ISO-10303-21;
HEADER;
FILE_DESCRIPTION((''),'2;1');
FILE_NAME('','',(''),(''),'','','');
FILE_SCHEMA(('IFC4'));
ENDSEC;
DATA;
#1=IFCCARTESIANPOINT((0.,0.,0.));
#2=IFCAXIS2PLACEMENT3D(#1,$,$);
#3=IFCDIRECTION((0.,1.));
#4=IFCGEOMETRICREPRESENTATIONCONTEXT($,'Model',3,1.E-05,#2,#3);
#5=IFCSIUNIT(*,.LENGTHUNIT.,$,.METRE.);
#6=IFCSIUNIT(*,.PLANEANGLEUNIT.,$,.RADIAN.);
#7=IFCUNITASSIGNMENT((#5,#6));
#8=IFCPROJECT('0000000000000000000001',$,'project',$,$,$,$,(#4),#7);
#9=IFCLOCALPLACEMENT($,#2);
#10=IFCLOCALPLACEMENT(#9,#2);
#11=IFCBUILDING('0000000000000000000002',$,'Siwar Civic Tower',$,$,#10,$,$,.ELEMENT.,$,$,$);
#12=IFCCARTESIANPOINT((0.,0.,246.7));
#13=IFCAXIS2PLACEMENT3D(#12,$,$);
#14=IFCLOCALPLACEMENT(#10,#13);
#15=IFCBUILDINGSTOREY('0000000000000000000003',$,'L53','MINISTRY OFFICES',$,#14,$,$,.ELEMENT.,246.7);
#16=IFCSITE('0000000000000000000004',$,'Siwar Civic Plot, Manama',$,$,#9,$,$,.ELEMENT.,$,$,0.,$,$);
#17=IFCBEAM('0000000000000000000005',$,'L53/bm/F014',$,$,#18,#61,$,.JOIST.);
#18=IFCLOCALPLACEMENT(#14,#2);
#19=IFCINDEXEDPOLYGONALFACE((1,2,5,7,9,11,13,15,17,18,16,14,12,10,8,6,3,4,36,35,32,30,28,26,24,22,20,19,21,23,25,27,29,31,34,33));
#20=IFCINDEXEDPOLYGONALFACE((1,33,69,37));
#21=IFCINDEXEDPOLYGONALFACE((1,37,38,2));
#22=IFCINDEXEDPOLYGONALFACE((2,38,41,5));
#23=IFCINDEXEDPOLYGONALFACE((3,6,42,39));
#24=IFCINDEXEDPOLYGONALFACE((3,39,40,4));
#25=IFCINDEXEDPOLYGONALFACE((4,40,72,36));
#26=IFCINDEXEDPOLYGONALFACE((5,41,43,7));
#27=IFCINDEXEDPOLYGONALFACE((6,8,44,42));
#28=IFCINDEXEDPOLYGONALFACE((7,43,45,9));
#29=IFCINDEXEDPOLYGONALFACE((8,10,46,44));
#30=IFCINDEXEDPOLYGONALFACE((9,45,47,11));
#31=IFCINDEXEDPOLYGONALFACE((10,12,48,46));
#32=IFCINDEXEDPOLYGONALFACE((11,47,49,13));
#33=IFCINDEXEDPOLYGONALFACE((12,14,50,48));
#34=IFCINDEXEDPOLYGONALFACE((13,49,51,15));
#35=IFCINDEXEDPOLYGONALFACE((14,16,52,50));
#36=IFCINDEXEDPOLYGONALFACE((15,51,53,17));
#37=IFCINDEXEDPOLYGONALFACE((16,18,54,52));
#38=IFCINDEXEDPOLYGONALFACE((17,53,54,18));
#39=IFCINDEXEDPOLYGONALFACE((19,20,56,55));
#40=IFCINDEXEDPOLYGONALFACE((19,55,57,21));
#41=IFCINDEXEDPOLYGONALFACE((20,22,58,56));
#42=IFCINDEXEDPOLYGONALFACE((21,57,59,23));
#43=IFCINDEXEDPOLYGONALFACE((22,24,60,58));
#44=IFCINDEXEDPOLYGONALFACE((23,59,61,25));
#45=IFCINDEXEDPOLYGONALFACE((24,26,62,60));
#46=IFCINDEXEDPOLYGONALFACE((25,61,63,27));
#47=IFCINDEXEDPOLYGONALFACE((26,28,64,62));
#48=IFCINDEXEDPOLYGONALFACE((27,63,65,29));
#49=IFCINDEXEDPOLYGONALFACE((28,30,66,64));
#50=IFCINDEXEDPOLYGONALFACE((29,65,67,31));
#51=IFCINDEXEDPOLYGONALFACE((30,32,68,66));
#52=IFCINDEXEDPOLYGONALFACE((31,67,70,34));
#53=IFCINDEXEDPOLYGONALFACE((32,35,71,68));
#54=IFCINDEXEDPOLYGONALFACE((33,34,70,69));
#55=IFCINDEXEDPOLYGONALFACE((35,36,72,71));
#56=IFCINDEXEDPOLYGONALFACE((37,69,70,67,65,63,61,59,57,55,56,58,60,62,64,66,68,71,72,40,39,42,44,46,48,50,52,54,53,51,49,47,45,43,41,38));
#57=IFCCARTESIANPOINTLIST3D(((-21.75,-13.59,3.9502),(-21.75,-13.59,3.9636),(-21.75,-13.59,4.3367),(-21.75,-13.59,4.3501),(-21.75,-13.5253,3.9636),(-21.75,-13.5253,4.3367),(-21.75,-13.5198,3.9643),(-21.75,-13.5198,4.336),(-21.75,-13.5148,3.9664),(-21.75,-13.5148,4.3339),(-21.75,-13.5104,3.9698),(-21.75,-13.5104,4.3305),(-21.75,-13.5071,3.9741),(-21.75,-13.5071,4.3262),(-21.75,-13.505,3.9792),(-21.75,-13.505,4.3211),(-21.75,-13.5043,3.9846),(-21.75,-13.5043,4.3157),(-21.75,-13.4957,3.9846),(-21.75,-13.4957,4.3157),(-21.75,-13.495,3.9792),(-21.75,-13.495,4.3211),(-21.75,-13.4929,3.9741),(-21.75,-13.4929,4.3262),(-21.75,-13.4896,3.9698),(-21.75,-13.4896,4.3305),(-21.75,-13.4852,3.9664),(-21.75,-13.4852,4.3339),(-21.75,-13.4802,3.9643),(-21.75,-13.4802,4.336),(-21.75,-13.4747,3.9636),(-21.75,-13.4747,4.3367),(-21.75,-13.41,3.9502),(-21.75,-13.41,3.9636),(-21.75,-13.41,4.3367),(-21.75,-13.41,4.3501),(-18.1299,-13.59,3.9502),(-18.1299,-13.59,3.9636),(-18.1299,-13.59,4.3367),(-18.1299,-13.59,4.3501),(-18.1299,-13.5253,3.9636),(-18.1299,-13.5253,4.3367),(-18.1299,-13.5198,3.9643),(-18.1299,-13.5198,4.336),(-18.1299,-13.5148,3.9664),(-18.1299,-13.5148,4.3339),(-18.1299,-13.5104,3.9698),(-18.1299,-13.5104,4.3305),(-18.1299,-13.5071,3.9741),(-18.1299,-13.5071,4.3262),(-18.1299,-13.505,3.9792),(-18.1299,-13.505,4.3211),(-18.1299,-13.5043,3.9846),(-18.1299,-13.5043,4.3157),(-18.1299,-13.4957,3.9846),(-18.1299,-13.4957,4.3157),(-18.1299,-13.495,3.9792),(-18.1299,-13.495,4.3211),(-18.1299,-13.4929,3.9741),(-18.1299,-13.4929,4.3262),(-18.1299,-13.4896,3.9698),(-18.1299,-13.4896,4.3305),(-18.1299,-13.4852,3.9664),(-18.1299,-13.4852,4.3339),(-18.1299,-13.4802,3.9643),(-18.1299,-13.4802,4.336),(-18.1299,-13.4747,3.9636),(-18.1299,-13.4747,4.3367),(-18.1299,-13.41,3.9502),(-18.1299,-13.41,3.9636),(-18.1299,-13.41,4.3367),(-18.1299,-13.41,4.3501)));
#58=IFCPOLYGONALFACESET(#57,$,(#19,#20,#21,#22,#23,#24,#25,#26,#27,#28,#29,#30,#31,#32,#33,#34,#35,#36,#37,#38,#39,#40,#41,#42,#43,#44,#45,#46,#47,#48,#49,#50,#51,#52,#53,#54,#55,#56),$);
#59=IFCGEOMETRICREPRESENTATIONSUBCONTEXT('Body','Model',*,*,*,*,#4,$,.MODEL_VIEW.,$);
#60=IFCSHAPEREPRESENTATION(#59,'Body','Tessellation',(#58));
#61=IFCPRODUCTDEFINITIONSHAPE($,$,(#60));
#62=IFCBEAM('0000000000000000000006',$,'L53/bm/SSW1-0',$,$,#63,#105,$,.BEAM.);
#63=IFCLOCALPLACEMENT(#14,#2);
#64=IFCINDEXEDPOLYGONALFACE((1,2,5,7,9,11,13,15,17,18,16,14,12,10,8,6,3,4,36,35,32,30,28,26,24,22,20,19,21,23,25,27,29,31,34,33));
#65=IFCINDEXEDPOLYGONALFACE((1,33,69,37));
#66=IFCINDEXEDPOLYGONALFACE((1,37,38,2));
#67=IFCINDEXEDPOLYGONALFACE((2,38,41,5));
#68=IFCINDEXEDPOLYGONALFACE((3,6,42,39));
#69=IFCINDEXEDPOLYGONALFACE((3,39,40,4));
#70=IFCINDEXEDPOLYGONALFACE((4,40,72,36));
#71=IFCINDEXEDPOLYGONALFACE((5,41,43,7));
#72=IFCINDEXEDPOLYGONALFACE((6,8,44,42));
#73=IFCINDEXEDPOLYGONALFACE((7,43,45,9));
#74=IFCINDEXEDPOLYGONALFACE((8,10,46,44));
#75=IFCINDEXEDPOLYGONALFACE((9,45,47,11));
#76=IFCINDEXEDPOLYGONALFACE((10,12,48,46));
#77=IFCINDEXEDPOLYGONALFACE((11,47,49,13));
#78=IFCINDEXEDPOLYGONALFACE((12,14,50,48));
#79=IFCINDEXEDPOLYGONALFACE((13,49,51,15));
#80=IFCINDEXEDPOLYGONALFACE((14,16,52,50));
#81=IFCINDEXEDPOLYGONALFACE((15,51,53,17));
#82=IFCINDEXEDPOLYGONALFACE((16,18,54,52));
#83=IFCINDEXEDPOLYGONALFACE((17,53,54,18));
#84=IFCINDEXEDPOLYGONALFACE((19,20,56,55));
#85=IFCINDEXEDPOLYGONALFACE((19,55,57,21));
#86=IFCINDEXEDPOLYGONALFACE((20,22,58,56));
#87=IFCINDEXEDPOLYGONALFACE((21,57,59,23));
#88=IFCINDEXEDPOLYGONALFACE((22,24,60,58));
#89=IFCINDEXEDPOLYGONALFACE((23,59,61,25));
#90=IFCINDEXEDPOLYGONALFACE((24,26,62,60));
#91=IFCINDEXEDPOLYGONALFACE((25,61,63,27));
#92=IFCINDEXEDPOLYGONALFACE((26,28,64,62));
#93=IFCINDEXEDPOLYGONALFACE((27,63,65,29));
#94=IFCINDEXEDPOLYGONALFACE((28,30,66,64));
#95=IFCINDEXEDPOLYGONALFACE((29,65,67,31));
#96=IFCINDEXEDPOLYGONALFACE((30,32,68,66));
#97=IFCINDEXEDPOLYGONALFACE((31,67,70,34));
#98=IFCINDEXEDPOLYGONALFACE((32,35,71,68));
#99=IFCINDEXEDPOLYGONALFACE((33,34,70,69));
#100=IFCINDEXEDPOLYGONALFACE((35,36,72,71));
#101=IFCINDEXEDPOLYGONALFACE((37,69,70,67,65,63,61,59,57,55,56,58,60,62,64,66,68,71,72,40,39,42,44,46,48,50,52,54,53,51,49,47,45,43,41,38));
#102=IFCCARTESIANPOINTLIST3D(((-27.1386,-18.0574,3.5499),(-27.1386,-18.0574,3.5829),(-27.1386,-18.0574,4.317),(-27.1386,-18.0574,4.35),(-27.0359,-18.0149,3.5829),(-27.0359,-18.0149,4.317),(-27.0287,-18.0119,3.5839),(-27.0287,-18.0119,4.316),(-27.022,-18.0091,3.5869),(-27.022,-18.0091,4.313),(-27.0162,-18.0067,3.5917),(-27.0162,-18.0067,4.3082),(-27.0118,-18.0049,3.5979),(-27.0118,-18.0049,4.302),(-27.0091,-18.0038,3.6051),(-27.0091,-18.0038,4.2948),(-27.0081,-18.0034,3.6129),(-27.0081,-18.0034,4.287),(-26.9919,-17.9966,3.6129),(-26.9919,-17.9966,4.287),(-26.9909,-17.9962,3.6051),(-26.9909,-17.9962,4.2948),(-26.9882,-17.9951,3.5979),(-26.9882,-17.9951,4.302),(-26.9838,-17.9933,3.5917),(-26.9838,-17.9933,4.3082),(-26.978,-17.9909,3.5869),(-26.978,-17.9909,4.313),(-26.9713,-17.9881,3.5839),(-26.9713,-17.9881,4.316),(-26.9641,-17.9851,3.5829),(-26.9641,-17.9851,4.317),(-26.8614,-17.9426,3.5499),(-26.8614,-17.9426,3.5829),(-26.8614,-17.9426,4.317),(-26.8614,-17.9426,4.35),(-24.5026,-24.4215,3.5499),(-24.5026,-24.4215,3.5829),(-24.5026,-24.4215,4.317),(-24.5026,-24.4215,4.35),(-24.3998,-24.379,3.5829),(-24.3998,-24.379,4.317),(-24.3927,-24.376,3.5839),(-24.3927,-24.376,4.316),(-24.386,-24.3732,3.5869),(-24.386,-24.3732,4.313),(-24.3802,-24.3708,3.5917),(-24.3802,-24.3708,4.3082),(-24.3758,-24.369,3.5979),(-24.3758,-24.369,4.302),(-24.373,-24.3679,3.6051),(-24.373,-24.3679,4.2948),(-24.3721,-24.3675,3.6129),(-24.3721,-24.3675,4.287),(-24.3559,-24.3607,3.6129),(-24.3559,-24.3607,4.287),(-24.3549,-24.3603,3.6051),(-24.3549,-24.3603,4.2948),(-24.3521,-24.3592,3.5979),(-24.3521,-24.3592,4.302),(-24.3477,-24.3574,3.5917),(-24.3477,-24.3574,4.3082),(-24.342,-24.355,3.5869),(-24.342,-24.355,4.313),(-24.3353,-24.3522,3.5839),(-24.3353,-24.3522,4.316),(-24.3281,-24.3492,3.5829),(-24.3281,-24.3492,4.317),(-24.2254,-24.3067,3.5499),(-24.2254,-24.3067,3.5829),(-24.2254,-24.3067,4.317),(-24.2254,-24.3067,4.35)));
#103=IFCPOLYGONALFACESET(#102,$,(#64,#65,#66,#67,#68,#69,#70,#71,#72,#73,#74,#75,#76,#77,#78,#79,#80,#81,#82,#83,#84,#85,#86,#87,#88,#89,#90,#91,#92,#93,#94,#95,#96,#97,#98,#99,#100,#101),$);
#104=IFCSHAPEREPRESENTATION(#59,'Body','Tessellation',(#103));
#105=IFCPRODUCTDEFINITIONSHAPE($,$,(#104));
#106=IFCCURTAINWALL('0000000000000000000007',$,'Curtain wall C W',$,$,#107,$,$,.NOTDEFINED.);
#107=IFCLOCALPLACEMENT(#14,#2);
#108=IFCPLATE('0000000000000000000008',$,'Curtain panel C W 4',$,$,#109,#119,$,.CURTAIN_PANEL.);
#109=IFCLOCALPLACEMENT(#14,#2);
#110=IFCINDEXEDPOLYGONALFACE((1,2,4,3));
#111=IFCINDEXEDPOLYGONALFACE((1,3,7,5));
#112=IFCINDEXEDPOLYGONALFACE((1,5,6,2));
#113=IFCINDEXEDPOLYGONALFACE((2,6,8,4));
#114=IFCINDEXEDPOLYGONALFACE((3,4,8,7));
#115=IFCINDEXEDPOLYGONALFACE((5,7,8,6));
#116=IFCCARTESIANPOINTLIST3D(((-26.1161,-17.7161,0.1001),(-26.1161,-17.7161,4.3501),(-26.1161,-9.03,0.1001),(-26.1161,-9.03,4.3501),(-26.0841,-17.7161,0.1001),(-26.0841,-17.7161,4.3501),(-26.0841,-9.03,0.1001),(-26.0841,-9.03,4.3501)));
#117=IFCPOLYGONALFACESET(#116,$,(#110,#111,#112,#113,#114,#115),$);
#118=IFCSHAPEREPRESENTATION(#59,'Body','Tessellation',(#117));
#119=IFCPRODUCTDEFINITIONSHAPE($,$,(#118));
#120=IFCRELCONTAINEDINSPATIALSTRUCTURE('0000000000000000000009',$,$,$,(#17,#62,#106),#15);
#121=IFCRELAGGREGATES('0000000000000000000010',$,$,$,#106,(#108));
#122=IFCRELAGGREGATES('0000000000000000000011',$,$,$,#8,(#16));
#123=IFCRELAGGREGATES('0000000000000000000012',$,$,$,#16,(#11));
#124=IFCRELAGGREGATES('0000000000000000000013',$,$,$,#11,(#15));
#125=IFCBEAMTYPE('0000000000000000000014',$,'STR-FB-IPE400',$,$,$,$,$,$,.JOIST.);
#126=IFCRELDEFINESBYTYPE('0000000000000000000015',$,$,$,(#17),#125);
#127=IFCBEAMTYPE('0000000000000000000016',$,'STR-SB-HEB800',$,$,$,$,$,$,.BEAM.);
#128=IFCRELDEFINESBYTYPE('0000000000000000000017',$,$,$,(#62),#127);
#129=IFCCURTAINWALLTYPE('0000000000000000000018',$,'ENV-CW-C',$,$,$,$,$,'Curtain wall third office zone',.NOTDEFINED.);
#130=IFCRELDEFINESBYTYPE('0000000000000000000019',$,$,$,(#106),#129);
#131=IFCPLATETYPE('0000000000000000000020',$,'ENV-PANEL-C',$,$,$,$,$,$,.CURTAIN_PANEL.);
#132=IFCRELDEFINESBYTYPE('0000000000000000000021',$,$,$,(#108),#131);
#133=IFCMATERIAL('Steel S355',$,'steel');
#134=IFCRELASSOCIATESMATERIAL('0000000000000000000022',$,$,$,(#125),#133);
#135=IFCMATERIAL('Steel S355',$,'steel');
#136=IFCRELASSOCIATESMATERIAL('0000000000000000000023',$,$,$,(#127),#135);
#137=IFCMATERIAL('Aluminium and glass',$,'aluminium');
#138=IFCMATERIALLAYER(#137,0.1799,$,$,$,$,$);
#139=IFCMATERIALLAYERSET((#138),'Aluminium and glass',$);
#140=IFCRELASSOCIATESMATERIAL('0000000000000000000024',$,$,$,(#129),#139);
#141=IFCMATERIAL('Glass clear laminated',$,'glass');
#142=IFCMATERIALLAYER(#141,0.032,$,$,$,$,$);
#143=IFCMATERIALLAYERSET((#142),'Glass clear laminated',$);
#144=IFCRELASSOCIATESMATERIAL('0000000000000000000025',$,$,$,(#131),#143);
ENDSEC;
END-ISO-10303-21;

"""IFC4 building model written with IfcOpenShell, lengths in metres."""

from ifc_helpers import new_model, si_unit, direction, frame, origin, origin_2d, place, context, subcontext, project, spatial, rectangle, i_section, extrude, material, layer, layer_set, material_profile, profile_set, type_object, element, aggregate, save


model = new_model("IFC4")

# Units and contexts
model_context = context("Model", 3, precision=1e-05, world=origin(), true_north=direction((0.0, 1.0)))
body_context = subcontext(model_context, "Body", "Model", "MODEL_VIEW")
ifc_project = project(units=[si_unit("LENGTHUNIT", "METRE"), si_unit("PLANEANGLEUNIT", "RADIAN")], contexts=[model_context])

# Site, building, storey
site_placement = place(None, origin())
site = spatial("IfcSite", under=ifc_project, at=site_placement, Name="Siwar Civic Plot, Manama", CompositionType="ELEMENT", RefElevation=0.0)
building_placement = place(site_placement, origin())
building = spatial("IfcBuilding", under=site, at=building_placement, Name="Siwar Civic Tower", CompositionType="ELEMENT")
storey_placement = place(building_placement, frame((0.0, 0.0, 246.7)))
storey = spatial("IfcBuildingStorey", under=building, at=storey_placement, Name="L53", Description="MINISTRY OFFICES", CompositionType="ELEMENT", Elevation=246.7)

# Beams
ifc_material_1 = material(Name="Steel S355", Category="steel")
ifc_material_profile_1 = material_profile(ifc_material_1, i_section(OverallWidth=0.1799, OverallDepth=0.3999, WebThickness=0.0085, FlangeThickness=0.0134, FilletRadius=0.021, at=origin_2d()), Name="IPE400")
ifc_profile_set_1 = profile_set([ifc_material_profile_1], Name="Steel S355")
beam_type_1 = type_object("IfcBeamType", Name="STR-FB-IPE400", PredefinedType="JOIST", material=ifc_profile_set_1)
beam_1_placement = place(storey_placement, frame((-21.75, -13.5, 4.1501), z_axis=(1.0, 0.0, 0.0), x_axis=(0.0, 1.0, 0.0)))
element("IfcBeam", 1, at=beam_1_placement, inside=storey, type_object=beam_type_1, Name="L53/bm/F014", PredefinedType="JOIST", context=body_context, shape_type="SweptSolid", body=[
    extrude(i_section(OverallWidth=0.1799, OverallDepth=0.3999, WebThickness=0.0085, FlangeThickness=0.0134, FilletRadius=0.021, at=origin_2d()), origin(), (0.0, 0.0, 1.0), 3.6201),
])
ifc_material_2 = material(Name="Steel S355", Category="steel")
ifc_material_profile_2 = material_profile(ifc_material_2, i_section(OverallWidth=0.3, OverallDepth=0.8, WebThickness=0.0176, FlangeThickness=0.033, FilletRadius=0.03, at=origin_2d()), Name="HEB800")
ifc_profile_set_2 = profile_set([ifc_material_profile_2], Name="Steel S355")
beam_type_2 = type_object("IfcBeamType", Name="STR-SB-HEB800", PredefinedType="BEAM", material=ifc_profile_set_2)
beam_2_placement = place(storey_placement, frame((-27.0, -18.0, 3.95), z_axis=(0.382674, -0.923883, 0.0), x_axis=(0.923883, 0.382674, 0.0)))
element("IfcBeam", 2, at=beam_2_placement, inside=storey, type_object=beam_type_2, Name="L53/bm/SSW1-0", PredefinedType="BEAM", context=body_context, shape_type="SweptSolid", body=[
    extrude(i_section(OverallWidth=0.3, OverallDepth=0.8, WebThickness=0.0176, FlangeThickness=0.033, FilletRadius=0.03, at=origin_2d()), origin(), (0.0, 0.0, 1.0), 6.8884),
])

# Curtain wall, plate
ifc_material_3 = material(Name="Aluminium and glass", Category="aluminium")
ifc_layer_1 = layer(ifc_material_3, 0.1799)
ifc_layer_set_1 = layer_set([ifc_layer_1], Name="Aluminium and glass")
curtain_wall_type_1 = type_object("IfcCurtainWallType", Name="ENV-CW-C", ElementType="Curtain wall third office zone", PredefinedType="NOTDEFINED", material=ifc_layer_set_1)
curtain_wall_1_placement = place(storey_placement, origin())
curtain_wall_1 = element("IfcCurtainWall", 3, at=curtain_wall_1_placement, inside=storey, type_object=curtain_wall_type_1, Name="Curtain wall C W", PredefinedType="NOTDEFINED")
ifc_material_4 = material(Name="Glass clear laminated", Category="glass")
ifc_layer_2 = layer(ifc_material_4, 0.032)
ifc_layer_set_2 = layer_set([ifc_layer_2], Name="Glass clear laminated")
plate_type = type_object("IfcPlateType", Name="ENV-PANEL-C", PredefinedType="CURTAIN_PANEL", material=ifc_layer_set_2)
plate_placement = place(storey_placement, frame((-26.1001, -13.373, 0.1001), z_axis=(0.0, 0.0, 1.0), x_axis=(0.0, -1.0, 0.0)))
plate = element("IfcPlate", 4, at=plate_placement, type_object=plate_type, Name="Curtain panel C W 4", PredefinedType="CURTAIN_PANEL", context=body_context, shape_type="SweptSolid", body=[
    extrude(rectangle(XDim=8.686, YDim=0.032, at=origin_2d()), origin(), (0.0, 0.0, 1.0), 4.25),
])
aggregate(curtain_wall_1, [plate])

save(model, "model.ifc")
